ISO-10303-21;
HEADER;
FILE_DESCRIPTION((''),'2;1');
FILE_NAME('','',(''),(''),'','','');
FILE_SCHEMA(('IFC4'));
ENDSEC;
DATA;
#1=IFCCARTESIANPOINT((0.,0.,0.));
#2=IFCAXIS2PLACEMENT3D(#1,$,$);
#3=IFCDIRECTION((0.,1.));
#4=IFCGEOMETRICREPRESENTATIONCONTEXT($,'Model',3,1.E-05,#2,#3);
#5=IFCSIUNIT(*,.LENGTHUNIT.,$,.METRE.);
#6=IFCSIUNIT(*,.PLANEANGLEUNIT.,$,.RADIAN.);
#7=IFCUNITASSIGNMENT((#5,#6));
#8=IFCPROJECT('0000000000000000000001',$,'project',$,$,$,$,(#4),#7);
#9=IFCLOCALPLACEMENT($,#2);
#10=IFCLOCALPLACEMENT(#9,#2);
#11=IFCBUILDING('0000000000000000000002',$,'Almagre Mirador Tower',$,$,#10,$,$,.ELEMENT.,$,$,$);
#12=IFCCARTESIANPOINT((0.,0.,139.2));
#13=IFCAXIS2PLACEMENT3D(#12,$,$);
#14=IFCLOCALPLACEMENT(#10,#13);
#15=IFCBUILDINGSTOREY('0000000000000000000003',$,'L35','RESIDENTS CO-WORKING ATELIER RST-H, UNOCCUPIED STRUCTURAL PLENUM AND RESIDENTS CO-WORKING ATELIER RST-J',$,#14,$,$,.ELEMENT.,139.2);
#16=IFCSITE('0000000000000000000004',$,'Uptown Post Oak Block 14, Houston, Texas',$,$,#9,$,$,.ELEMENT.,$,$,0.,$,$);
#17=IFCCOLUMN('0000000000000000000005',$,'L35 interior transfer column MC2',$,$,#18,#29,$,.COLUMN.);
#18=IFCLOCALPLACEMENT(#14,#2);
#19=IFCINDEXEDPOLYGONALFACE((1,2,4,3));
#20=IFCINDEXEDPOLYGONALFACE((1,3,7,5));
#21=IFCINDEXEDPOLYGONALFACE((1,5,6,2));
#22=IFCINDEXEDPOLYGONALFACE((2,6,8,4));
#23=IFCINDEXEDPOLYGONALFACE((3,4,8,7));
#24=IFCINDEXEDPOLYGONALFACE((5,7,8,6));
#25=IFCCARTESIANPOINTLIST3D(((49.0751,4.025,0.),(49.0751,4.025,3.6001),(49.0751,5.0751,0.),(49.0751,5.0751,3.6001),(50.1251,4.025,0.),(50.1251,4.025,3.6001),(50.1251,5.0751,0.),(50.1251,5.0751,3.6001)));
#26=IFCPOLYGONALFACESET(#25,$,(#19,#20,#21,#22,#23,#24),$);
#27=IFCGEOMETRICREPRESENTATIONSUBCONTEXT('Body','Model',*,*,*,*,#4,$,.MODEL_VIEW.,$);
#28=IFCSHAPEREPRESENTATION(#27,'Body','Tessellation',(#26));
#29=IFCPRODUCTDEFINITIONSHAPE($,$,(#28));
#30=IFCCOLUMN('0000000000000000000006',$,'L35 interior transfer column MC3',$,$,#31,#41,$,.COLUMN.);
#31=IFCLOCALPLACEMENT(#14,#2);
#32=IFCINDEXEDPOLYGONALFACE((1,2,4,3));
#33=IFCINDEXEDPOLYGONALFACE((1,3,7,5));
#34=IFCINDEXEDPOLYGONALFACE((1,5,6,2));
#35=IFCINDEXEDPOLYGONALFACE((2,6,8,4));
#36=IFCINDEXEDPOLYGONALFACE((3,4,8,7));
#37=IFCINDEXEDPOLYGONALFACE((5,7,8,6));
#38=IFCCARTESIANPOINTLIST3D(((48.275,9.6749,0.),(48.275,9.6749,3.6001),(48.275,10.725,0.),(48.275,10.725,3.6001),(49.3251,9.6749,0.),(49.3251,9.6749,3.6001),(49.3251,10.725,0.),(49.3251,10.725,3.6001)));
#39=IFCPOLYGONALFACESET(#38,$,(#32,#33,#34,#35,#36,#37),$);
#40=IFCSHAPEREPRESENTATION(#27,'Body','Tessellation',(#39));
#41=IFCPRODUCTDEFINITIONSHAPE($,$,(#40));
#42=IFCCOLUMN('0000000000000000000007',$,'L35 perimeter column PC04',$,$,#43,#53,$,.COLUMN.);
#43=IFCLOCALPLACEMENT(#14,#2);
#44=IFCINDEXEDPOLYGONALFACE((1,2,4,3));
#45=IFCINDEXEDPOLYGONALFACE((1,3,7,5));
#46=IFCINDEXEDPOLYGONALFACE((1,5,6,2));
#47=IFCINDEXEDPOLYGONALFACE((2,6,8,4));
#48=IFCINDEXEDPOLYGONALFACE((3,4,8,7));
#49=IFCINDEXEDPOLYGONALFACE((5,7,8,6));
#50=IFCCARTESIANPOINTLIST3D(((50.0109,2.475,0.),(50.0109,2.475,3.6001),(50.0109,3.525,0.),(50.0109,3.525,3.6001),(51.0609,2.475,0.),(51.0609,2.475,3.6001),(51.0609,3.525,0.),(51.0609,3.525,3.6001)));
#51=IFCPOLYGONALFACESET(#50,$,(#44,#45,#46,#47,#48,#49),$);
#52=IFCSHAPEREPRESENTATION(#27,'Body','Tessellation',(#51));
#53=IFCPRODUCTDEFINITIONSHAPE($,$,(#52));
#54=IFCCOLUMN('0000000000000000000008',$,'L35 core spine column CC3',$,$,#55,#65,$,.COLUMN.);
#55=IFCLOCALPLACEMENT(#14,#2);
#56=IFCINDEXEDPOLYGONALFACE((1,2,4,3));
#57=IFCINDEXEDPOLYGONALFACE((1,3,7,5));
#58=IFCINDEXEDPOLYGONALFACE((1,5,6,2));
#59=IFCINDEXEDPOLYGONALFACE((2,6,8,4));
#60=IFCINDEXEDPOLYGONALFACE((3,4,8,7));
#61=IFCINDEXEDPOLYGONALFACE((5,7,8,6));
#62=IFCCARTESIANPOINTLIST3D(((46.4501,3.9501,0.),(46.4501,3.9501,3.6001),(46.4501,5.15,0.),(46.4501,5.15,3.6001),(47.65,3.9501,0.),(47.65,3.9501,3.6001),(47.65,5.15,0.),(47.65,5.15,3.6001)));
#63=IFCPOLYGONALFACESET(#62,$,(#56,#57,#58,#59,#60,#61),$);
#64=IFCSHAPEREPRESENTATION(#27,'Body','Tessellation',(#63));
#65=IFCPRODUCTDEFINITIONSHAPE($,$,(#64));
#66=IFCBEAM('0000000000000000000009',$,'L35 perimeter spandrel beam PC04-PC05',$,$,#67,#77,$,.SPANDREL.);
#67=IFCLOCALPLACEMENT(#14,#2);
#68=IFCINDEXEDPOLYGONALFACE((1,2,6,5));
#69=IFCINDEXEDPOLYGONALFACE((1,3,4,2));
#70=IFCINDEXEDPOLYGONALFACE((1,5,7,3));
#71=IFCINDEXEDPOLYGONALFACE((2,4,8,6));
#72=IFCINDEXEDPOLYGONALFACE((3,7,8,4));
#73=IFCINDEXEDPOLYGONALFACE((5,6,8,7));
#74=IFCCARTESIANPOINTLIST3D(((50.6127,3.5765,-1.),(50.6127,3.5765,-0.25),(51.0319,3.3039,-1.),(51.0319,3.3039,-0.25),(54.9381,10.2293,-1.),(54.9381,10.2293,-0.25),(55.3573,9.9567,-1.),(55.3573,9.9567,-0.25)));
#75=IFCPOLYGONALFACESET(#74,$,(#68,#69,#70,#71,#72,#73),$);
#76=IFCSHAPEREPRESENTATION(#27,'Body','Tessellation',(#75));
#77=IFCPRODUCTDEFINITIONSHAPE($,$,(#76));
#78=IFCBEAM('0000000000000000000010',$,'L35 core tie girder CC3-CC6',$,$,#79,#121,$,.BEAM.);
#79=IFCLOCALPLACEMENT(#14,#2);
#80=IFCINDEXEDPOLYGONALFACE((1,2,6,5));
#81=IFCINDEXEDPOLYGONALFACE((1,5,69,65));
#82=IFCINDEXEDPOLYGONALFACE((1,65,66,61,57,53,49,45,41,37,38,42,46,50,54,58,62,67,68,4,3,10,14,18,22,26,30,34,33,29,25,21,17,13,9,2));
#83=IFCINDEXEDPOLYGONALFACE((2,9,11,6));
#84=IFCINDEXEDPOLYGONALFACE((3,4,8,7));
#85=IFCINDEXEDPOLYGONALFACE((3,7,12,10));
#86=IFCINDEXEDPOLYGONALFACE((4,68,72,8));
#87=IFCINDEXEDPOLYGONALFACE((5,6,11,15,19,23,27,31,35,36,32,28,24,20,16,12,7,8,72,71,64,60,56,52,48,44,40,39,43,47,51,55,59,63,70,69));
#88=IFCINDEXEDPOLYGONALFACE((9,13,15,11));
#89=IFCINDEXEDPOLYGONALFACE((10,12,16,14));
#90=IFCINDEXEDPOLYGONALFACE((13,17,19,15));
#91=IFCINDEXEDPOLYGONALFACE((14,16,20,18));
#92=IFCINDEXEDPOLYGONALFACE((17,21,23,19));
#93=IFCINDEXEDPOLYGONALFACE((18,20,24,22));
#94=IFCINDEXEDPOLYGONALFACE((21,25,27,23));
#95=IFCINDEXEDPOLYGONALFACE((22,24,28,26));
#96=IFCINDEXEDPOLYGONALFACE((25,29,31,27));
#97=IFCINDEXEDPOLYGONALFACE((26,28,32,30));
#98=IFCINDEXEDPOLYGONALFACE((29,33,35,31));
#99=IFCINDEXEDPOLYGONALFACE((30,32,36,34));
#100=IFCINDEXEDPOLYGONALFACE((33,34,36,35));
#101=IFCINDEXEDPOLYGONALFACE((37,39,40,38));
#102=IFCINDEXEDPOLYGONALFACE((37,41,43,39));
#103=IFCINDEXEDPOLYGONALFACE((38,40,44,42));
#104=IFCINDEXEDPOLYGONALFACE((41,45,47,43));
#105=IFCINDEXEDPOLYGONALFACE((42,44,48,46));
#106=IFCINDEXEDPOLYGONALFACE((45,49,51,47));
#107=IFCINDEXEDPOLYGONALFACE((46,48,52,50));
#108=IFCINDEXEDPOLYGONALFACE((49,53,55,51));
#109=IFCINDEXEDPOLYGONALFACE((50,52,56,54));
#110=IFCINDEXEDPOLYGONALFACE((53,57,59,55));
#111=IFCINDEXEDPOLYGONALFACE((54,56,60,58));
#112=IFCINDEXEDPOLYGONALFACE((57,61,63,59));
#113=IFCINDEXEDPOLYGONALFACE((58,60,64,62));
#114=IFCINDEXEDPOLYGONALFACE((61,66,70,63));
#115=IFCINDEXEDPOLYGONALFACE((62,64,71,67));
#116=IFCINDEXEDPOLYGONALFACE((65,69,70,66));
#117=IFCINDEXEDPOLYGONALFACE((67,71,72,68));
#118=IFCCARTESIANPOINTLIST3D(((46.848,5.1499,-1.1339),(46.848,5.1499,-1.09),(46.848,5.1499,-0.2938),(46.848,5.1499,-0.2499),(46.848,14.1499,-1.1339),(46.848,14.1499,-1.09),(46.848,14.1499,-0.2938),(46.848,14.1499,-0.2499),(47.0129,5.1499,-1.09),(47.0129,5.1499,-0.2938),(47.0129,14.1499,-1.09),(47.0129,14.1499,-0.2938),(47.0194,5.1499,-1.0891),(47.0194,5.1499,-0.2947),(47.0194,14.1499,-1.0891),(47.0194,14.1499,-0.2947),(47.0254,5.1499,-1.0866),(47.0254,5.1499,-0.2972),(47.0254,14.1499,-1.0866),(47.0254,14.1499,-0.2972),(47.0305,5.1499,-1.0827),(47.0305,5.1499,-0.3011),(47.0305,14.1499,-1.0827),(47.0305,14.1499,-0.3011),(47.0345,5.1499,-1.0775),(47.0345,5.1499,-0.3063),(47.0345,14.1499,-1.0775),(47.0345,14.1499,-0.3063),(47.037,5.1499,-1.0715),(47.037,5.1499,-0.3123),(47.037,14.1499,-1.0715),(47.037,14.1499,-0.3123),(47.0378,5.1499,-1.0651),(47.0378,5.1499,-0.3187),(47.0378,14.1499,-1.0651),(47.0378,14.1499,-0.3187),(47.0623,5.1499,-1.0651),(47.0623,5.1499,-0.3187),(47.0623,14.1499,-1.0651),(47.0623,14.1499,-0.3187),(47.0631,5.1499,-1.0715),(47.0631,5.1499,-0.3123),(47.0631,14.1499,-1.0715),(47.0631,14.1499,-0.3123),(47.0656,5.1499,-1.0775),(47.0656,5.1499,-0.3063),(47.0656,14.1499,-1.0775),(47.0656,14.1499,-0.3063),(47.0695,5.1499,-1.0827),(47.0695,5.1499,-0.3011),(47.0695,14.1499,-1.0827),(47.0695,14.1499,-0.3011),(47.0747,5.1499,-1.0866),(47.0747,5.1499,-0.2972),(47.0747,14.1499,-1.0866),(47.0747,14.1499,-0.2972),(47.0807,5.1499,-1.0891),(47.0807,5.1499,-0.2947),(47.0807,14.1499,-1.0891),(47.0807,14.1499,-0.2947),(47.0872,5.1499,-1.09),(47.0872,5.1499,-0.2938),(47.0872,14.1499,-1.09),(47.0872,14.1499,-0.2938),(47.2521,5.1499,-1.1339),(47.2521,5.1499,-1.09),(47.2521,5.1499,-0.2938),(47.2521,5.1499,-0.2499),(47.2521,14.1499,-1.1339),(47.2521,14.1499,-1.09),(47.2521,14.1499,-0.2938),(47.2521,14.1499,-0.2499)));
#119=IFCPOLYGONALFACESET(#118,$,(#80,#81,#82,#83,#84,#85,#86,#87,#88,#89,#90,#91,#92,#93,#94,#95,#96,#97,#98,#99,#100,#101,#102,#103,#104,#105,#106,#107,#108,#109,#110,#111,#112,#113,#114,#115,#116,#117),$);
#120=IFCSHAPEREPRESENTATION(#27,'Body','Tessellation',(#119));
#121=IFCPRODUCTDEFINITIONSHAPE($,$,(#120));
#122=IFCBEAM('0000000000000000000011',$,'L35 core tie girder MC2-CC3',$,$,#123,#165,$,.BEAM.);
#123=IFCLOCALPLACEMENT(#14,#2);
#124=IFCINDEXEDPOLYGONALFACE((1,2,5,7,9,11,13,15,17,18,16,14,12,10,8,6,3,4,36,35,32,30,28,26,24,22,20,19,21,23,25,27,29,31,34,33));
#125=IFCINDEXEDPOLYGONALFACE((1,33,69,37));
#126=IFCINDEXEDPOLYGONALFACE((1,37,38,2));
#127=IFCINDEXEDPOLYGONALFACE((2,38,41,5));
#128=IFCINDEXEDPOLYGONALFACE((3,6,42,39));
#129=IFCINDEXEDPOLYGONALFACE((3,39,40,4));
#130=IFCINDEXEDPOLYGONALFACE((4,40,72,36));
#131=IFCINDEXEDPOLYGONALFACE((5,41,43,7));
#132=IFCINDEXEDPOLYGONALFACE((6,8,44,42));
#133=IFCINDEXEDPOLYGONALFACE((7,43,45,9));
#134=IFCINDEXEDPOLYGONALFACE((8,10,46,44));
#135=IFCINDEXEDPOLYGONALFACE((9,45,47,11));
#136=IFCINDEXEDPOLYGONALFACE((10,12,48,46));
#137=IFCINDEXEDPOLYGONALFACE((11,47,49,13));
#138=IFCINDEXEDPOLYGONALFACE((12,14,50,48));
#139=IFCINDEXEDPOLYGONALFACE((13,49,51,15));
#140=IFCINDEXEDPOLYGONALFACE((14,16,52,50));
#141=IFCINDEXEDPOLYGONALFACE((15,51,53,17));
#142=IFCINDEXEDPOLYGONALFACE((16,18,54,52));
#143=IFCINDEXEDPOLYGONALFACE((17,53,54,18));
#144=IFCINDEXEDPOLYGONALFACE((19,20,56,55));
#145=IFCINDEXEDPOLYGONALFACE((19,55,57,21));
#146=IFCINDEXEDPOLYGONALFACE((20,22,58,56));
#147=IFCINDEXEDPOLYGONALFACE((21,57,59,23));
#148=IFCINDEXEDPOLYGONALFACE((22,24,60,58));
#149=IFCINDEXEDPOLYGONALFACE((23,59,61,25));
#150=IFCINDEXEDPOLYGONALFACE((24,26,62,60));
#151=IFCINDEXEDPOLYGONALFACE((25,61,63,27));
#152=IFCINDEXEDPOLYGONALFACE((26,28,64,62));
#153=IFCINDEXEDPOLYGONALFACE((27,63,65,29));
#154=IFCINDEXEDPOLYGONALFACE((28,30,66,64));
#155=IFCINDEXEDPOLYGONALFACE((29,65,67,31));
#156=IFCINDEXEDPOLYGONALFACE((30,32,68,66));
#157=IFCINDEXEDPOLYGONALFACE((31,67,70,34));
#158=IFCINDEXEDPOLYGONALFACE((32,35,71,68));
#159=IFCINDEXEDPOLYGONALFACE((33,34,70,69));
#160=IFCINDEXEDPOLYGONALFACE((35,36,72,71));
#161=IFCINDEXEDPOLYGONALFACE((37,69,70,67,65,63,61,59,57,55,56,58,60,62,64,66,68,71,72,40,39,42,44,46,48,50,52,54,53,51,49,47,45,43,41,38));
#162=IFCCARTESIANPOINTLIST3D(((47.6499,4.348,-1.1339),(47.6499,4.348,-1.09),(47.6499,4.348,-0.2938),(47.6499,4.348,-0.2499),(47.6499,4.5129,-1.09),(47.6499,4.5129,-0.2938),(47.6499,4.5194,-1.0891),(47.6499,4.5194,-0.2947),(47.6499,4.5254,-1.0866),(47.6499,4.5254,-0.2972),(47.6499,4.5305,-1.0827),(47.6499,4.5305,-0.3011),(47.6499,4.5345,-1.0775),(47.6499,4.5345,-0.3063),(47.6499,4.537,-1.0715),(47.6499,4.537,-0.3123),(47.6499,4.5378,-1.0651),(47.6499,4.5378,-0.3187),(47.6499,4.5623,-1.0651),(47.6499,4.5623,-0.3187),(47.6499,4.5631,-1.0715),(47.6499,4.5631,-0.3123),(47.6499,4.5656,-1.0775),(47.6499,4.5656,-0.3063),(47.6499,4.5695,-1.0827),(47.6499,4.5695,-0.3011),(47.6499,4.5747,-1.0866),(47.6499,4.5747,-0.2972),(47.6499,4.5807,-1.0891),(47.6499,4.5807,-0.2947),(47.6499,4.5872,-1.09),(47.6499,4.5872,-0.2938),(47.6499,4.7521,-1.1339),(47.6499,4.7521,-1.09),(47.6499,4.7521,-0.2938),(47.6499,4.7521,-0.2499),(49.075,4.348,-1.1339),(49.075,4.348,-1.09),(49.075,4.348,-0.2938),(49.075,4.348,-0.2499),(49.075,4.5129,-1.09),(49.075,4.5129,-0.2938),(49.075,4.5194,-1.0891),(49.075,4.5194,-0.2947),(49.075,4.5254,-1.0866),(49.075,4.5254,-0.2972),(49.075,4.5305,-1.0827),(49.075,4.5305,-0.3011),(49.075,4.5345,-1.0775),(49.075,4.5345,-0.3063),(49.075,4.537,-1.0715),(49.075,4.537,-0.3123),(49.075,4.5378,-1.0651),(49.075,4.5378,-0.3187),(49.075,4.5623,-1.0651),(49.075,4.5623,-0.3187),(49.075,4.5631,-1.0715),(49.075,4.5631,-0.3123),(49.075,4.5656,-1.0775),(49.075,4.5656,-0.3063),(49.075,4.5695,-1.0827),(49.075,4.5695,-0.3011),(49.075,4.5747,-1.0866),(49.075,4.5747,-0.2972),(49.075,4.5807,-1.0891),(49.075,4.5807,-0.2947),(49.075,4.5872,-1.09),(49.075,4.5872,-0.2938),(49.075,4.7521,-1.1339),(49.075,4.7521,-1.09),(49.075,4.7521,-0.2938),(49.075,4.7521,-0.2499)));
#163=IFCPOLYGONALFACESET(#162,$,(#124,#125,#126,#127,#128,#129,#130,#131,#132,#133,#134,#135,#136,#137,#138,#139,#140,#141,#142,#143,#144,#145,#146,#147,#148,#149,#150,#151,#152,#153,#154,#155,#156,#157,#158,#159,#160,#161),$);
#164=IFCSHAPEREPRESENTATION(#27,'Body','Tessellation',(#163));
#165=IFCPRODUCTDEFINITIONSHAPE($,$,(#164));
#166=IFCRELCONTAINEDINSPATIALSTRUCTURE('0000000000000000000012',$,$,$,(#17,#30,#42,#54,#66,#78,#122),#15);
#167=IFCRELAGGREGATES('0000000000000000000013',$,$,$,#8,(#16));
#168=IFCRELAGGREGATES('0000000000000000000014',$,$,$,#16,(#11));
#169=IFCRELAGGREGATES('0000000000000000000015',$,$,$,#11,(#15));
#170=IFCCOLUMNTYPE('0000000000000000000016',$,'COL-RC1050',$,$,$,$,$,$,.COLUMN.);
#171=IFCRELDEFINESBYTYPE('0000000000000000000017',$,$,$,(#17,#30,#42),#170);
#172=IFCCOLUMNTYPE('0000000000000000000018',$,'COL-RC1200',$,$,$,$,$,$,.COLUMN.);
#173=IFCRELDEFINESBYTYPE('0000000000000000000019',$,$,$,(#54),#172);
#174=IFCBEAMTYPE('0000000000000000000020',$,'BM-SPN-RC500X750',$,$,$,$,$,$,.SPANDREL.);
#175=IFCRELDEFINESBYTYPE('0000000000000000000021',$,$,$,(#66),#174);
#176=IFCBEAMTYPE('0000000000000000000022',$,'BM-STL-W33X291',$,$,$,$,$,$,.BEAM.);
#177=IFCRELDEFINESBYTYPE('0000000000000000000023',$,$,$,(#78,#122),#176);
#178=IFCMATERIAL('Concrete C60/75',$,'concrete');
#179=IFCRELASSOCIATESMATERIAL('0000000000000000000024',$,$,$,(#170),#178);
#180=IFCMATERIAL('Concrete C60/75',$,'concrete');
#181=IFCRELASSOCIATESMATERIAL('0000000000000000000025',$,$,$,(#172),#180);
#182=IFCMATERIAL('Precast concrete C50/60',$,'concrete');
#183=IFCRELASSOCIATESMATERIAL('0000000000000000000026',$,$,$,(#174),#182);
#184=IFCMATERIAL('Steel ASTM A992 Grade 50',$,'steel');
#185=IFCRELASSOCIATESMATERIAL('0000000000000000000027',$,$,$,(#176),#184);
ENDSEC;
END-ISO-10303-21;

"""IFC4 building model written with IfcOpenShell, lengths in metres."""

from ifc_helpers import new_model, si_unit, direction, frame, origin, origin_2d, place, context, subcontext, project, spatial, rectangle, i_section, extrude, material, material_profile, profile_set, type_object, element, save


model = new_model("IFC4")

# Units and contexts
model_context = context("Model", 3, precision=1e-05, world=origin(), true_north=direction((0.0, 1.0)))
body_context = subcontext(model_context, "Body", "Model", "MODEL_VIEW")
ifc_project = project(units=[si_unit("LENGTHUNIT", "METRE"), si_unit("PLANEANGLEUNIT", "RADIAN")], contexts=[model_context])

# Site, building, storey
site_placement = place(None, origin())
site = spatial("IfcSite", under=ifc_project, at=site_placement, Name="Uptown Post Oak Block 14, Houston, Texas", CompositionType="ELEMENT", RefElevation=0.0)
building_placement = place(site_placement, origin())
building = spatial("IfcBuilding", under=site, at=building_placement, Name="Almagre Mirador Tower", CompositionType="ELEMENT")
storey_placement = place(building_placement, frame((0.0, 0.0, 139.2)))
storey = spatial("IfcBuildingStorey", under=building, at=storey_placement, Name="L35", Description="RESIDENTS CO-WORKING ATELIER RST-H, UNOCCUPIED STRUCTURAL PLENUM AND RESIDENTS CO-WORKING ATELIER RST-J", CompositionType="ELEMENT", Elevation=139.2)

# Columns
ifc_material_1 = material(Name="Concrete C60/75", Category="concrete")
ifc_material_profile_1 = material_profile(ifc_material_1, rectangle(XDim=1.05, YDim=1.05, at=origin_2d()), Name="RC1050X1050")
ifc_profile_set_1 = profile_set([ifc_material_profile_1], Name="Concrete C60/75")
column_type_1 = type_object("IfcColumnType", Name="COL-RC1050", PredefinedType="COLUMN", material=ifc_profile_set_1)
for number, where, z_axis, x_axis, name in (
    (1, (49.6001, 4.55, 0.0), (0.0, 0.0, 1.0), (1.0, 0.0, 0.0), "L35 interior transfer column MC2"),
    (2, (48.8, 10.2, 0.0), (0.0, 0.0, 1.0), (1.0, 0.0, 0.0), "L35 interior transfer column MC3"),
    (3, (50.5359, 3.0, 0.0), (0.0, 0.0, 1.0), (1.0, 0.0, 0.0), "L35 perimeter column PC04"),
):
    element("IfcColumn", number, at=place(storey_placement, frame(where, z_axis=z_axis, x_axis=x_axis)), inside=storey, type_object=column_type_1, Name=name, PredefinedType="COLUMN", context=body_context, shape_type="SweptSolid", body=[
        extrude(rectangle(XDim=1.05, YDim=1.05, at=origin_2d()), origin(), (0.0, 0.0, 1.0), 3.6001),
    ])
ifc_material_2 = material(Name="Concrete C60/75", Category="concrete")
ifc_material_profile_2 = material_profile(ifc_material_2, rectangle(XDim=1.2, YDim=1.2, at=origin_2d()), Name="RC1200X1200")
ifc_profile_set_2 = profile_set([ifc_material_profile_2], Name="Concrete C60/75")
column_type_2 = type_object("IfcColumnType", Name="COL-RC1200", PredefinedType="COLUMN", material=ifc_profile_set_2)
column_placement = place(storey_placement, frame((47.05, 4.55, 0.0), z_axis=(0.0, 0.0, 1.0), x_axis=(1.0, 0.0, 0.0)))
element("IfcColumn", 4, at=column_placement, inside=storey, type_object=column_type_2, Name="L35 core spine column CC3", PredefinedType="COLUMN", context=body_context, shape_type="SweptSolid", body=[
    extrude(rectangle(XDim=1.2, YDim=1.2, at=origin_2d()), origin(), (0.0, 0.0, 1.0), 3.6001),
])

# Beams
ifc_material_3 = material(Name="Precast concrete C50/60", Category="concrete")
ifc_material_profile_3 = material_profile(ifc_material_3, rectangle(XDim=0.5, YDim=0.75, at=origin_2d()), Name="RC500X750")
ifc_profile_set_3 = profile_set([ifc_material_profile_3], Name="Precast concrete C50/60")
beam_type_1 = type_object("IfcBeamType", Name="BM-SPN-RC500X750", PredefinedType="SPANDREL", material=ifc_profile_set_3)
beam_1_placement = place(storey_placement, frame((50.8223, 3.4402, -0.625), z_axis=(0.545086, 0.83838, 0.0), x_axis=(-0.83838, 0.545086, 0.0)))
element("IfcBeam", 5, at=beam_1_placement, inside=storey, type_object=beam_type_1, Name="L35 perimeter spandrel beam PC04-PC05", PredefinedType="SPANDREL", context=body_context, shape_type="SweptSolid", body=[
    extrude(rectangle(XDim=0.5, YDim=0.75, at=origin_2d()), origin(), (0.0, 0.0, 1.0), 7.9353),
])
ifc_material_4 = material(Name="Steel ASTM A992 Grade 50", Category="steel")
ifc_material_profile_4 = material_profile(ifc_material_4, i_section(OverallWidth=0.4041, OverallDepth=0.884, WebThickness=0.0244, FlangeThickness=0.0439, FilletRadius=0.0249, at=origin_2d()), Name="W33X291")
ifc_profile_set_4 = profile_set([ifc_material_profile_4], Name="Steel ASTM A992 Grade 50")
beam_type_2 = type_object("IfcBeamType", Name="BM-STL-W33X291", PredefinedType="BEAM", material=ifc_profile_set_4)
beam_2_placement = place(storey_placement, frame((47.05, 5.1499, -0.6919), z_axis=(0.0, 1.0, 0.0), x_axis=(-1.0, 0.0, 0.0)))
element("IfcBeam", 6, at=beam_2_placement, inside=storey, type_object=beam_type_2, Name="L35 core tie girder CC3-CC6", PredefinedType="BEAM", context=body_context, shape_type="SweptSolid", body=[
    extrude(i_section(OverallWidth=0.4041, OverallDepth=0.884, WebThickness=0.0244, FlangeThickness=0.0439, FilletRadius=0.0249, at=origin_2d()), origin(), (0.0, 0.0, 1.0), 9.0),
])
beam_3_placement = place(storey_placement, frame((49.075, 4.55, -0.6919), z_axis=(-1.0, 0.0, 0.0), x_axis=(0.0, -1.0, 0.0)))
element("IfcBeam", 7, at=beam_3_placement, inside=storey, type_object=beam_type_2, Name="L35 core tie girder MC2-CC3", PredefinedType="BEAM", context=body_context, shape_type="SweptSolid", body=[
    extrude(i_section(OverallWidth=0.4041, OverallDepth=0.884, WebThickness=0.0244, FlangeThickness=0.0439, FilletRadius=0.0249, at=origin_2d()), origin(), (0.0, 0.0, 1.0), 1.425),
])

save(model, "model.ifc")
